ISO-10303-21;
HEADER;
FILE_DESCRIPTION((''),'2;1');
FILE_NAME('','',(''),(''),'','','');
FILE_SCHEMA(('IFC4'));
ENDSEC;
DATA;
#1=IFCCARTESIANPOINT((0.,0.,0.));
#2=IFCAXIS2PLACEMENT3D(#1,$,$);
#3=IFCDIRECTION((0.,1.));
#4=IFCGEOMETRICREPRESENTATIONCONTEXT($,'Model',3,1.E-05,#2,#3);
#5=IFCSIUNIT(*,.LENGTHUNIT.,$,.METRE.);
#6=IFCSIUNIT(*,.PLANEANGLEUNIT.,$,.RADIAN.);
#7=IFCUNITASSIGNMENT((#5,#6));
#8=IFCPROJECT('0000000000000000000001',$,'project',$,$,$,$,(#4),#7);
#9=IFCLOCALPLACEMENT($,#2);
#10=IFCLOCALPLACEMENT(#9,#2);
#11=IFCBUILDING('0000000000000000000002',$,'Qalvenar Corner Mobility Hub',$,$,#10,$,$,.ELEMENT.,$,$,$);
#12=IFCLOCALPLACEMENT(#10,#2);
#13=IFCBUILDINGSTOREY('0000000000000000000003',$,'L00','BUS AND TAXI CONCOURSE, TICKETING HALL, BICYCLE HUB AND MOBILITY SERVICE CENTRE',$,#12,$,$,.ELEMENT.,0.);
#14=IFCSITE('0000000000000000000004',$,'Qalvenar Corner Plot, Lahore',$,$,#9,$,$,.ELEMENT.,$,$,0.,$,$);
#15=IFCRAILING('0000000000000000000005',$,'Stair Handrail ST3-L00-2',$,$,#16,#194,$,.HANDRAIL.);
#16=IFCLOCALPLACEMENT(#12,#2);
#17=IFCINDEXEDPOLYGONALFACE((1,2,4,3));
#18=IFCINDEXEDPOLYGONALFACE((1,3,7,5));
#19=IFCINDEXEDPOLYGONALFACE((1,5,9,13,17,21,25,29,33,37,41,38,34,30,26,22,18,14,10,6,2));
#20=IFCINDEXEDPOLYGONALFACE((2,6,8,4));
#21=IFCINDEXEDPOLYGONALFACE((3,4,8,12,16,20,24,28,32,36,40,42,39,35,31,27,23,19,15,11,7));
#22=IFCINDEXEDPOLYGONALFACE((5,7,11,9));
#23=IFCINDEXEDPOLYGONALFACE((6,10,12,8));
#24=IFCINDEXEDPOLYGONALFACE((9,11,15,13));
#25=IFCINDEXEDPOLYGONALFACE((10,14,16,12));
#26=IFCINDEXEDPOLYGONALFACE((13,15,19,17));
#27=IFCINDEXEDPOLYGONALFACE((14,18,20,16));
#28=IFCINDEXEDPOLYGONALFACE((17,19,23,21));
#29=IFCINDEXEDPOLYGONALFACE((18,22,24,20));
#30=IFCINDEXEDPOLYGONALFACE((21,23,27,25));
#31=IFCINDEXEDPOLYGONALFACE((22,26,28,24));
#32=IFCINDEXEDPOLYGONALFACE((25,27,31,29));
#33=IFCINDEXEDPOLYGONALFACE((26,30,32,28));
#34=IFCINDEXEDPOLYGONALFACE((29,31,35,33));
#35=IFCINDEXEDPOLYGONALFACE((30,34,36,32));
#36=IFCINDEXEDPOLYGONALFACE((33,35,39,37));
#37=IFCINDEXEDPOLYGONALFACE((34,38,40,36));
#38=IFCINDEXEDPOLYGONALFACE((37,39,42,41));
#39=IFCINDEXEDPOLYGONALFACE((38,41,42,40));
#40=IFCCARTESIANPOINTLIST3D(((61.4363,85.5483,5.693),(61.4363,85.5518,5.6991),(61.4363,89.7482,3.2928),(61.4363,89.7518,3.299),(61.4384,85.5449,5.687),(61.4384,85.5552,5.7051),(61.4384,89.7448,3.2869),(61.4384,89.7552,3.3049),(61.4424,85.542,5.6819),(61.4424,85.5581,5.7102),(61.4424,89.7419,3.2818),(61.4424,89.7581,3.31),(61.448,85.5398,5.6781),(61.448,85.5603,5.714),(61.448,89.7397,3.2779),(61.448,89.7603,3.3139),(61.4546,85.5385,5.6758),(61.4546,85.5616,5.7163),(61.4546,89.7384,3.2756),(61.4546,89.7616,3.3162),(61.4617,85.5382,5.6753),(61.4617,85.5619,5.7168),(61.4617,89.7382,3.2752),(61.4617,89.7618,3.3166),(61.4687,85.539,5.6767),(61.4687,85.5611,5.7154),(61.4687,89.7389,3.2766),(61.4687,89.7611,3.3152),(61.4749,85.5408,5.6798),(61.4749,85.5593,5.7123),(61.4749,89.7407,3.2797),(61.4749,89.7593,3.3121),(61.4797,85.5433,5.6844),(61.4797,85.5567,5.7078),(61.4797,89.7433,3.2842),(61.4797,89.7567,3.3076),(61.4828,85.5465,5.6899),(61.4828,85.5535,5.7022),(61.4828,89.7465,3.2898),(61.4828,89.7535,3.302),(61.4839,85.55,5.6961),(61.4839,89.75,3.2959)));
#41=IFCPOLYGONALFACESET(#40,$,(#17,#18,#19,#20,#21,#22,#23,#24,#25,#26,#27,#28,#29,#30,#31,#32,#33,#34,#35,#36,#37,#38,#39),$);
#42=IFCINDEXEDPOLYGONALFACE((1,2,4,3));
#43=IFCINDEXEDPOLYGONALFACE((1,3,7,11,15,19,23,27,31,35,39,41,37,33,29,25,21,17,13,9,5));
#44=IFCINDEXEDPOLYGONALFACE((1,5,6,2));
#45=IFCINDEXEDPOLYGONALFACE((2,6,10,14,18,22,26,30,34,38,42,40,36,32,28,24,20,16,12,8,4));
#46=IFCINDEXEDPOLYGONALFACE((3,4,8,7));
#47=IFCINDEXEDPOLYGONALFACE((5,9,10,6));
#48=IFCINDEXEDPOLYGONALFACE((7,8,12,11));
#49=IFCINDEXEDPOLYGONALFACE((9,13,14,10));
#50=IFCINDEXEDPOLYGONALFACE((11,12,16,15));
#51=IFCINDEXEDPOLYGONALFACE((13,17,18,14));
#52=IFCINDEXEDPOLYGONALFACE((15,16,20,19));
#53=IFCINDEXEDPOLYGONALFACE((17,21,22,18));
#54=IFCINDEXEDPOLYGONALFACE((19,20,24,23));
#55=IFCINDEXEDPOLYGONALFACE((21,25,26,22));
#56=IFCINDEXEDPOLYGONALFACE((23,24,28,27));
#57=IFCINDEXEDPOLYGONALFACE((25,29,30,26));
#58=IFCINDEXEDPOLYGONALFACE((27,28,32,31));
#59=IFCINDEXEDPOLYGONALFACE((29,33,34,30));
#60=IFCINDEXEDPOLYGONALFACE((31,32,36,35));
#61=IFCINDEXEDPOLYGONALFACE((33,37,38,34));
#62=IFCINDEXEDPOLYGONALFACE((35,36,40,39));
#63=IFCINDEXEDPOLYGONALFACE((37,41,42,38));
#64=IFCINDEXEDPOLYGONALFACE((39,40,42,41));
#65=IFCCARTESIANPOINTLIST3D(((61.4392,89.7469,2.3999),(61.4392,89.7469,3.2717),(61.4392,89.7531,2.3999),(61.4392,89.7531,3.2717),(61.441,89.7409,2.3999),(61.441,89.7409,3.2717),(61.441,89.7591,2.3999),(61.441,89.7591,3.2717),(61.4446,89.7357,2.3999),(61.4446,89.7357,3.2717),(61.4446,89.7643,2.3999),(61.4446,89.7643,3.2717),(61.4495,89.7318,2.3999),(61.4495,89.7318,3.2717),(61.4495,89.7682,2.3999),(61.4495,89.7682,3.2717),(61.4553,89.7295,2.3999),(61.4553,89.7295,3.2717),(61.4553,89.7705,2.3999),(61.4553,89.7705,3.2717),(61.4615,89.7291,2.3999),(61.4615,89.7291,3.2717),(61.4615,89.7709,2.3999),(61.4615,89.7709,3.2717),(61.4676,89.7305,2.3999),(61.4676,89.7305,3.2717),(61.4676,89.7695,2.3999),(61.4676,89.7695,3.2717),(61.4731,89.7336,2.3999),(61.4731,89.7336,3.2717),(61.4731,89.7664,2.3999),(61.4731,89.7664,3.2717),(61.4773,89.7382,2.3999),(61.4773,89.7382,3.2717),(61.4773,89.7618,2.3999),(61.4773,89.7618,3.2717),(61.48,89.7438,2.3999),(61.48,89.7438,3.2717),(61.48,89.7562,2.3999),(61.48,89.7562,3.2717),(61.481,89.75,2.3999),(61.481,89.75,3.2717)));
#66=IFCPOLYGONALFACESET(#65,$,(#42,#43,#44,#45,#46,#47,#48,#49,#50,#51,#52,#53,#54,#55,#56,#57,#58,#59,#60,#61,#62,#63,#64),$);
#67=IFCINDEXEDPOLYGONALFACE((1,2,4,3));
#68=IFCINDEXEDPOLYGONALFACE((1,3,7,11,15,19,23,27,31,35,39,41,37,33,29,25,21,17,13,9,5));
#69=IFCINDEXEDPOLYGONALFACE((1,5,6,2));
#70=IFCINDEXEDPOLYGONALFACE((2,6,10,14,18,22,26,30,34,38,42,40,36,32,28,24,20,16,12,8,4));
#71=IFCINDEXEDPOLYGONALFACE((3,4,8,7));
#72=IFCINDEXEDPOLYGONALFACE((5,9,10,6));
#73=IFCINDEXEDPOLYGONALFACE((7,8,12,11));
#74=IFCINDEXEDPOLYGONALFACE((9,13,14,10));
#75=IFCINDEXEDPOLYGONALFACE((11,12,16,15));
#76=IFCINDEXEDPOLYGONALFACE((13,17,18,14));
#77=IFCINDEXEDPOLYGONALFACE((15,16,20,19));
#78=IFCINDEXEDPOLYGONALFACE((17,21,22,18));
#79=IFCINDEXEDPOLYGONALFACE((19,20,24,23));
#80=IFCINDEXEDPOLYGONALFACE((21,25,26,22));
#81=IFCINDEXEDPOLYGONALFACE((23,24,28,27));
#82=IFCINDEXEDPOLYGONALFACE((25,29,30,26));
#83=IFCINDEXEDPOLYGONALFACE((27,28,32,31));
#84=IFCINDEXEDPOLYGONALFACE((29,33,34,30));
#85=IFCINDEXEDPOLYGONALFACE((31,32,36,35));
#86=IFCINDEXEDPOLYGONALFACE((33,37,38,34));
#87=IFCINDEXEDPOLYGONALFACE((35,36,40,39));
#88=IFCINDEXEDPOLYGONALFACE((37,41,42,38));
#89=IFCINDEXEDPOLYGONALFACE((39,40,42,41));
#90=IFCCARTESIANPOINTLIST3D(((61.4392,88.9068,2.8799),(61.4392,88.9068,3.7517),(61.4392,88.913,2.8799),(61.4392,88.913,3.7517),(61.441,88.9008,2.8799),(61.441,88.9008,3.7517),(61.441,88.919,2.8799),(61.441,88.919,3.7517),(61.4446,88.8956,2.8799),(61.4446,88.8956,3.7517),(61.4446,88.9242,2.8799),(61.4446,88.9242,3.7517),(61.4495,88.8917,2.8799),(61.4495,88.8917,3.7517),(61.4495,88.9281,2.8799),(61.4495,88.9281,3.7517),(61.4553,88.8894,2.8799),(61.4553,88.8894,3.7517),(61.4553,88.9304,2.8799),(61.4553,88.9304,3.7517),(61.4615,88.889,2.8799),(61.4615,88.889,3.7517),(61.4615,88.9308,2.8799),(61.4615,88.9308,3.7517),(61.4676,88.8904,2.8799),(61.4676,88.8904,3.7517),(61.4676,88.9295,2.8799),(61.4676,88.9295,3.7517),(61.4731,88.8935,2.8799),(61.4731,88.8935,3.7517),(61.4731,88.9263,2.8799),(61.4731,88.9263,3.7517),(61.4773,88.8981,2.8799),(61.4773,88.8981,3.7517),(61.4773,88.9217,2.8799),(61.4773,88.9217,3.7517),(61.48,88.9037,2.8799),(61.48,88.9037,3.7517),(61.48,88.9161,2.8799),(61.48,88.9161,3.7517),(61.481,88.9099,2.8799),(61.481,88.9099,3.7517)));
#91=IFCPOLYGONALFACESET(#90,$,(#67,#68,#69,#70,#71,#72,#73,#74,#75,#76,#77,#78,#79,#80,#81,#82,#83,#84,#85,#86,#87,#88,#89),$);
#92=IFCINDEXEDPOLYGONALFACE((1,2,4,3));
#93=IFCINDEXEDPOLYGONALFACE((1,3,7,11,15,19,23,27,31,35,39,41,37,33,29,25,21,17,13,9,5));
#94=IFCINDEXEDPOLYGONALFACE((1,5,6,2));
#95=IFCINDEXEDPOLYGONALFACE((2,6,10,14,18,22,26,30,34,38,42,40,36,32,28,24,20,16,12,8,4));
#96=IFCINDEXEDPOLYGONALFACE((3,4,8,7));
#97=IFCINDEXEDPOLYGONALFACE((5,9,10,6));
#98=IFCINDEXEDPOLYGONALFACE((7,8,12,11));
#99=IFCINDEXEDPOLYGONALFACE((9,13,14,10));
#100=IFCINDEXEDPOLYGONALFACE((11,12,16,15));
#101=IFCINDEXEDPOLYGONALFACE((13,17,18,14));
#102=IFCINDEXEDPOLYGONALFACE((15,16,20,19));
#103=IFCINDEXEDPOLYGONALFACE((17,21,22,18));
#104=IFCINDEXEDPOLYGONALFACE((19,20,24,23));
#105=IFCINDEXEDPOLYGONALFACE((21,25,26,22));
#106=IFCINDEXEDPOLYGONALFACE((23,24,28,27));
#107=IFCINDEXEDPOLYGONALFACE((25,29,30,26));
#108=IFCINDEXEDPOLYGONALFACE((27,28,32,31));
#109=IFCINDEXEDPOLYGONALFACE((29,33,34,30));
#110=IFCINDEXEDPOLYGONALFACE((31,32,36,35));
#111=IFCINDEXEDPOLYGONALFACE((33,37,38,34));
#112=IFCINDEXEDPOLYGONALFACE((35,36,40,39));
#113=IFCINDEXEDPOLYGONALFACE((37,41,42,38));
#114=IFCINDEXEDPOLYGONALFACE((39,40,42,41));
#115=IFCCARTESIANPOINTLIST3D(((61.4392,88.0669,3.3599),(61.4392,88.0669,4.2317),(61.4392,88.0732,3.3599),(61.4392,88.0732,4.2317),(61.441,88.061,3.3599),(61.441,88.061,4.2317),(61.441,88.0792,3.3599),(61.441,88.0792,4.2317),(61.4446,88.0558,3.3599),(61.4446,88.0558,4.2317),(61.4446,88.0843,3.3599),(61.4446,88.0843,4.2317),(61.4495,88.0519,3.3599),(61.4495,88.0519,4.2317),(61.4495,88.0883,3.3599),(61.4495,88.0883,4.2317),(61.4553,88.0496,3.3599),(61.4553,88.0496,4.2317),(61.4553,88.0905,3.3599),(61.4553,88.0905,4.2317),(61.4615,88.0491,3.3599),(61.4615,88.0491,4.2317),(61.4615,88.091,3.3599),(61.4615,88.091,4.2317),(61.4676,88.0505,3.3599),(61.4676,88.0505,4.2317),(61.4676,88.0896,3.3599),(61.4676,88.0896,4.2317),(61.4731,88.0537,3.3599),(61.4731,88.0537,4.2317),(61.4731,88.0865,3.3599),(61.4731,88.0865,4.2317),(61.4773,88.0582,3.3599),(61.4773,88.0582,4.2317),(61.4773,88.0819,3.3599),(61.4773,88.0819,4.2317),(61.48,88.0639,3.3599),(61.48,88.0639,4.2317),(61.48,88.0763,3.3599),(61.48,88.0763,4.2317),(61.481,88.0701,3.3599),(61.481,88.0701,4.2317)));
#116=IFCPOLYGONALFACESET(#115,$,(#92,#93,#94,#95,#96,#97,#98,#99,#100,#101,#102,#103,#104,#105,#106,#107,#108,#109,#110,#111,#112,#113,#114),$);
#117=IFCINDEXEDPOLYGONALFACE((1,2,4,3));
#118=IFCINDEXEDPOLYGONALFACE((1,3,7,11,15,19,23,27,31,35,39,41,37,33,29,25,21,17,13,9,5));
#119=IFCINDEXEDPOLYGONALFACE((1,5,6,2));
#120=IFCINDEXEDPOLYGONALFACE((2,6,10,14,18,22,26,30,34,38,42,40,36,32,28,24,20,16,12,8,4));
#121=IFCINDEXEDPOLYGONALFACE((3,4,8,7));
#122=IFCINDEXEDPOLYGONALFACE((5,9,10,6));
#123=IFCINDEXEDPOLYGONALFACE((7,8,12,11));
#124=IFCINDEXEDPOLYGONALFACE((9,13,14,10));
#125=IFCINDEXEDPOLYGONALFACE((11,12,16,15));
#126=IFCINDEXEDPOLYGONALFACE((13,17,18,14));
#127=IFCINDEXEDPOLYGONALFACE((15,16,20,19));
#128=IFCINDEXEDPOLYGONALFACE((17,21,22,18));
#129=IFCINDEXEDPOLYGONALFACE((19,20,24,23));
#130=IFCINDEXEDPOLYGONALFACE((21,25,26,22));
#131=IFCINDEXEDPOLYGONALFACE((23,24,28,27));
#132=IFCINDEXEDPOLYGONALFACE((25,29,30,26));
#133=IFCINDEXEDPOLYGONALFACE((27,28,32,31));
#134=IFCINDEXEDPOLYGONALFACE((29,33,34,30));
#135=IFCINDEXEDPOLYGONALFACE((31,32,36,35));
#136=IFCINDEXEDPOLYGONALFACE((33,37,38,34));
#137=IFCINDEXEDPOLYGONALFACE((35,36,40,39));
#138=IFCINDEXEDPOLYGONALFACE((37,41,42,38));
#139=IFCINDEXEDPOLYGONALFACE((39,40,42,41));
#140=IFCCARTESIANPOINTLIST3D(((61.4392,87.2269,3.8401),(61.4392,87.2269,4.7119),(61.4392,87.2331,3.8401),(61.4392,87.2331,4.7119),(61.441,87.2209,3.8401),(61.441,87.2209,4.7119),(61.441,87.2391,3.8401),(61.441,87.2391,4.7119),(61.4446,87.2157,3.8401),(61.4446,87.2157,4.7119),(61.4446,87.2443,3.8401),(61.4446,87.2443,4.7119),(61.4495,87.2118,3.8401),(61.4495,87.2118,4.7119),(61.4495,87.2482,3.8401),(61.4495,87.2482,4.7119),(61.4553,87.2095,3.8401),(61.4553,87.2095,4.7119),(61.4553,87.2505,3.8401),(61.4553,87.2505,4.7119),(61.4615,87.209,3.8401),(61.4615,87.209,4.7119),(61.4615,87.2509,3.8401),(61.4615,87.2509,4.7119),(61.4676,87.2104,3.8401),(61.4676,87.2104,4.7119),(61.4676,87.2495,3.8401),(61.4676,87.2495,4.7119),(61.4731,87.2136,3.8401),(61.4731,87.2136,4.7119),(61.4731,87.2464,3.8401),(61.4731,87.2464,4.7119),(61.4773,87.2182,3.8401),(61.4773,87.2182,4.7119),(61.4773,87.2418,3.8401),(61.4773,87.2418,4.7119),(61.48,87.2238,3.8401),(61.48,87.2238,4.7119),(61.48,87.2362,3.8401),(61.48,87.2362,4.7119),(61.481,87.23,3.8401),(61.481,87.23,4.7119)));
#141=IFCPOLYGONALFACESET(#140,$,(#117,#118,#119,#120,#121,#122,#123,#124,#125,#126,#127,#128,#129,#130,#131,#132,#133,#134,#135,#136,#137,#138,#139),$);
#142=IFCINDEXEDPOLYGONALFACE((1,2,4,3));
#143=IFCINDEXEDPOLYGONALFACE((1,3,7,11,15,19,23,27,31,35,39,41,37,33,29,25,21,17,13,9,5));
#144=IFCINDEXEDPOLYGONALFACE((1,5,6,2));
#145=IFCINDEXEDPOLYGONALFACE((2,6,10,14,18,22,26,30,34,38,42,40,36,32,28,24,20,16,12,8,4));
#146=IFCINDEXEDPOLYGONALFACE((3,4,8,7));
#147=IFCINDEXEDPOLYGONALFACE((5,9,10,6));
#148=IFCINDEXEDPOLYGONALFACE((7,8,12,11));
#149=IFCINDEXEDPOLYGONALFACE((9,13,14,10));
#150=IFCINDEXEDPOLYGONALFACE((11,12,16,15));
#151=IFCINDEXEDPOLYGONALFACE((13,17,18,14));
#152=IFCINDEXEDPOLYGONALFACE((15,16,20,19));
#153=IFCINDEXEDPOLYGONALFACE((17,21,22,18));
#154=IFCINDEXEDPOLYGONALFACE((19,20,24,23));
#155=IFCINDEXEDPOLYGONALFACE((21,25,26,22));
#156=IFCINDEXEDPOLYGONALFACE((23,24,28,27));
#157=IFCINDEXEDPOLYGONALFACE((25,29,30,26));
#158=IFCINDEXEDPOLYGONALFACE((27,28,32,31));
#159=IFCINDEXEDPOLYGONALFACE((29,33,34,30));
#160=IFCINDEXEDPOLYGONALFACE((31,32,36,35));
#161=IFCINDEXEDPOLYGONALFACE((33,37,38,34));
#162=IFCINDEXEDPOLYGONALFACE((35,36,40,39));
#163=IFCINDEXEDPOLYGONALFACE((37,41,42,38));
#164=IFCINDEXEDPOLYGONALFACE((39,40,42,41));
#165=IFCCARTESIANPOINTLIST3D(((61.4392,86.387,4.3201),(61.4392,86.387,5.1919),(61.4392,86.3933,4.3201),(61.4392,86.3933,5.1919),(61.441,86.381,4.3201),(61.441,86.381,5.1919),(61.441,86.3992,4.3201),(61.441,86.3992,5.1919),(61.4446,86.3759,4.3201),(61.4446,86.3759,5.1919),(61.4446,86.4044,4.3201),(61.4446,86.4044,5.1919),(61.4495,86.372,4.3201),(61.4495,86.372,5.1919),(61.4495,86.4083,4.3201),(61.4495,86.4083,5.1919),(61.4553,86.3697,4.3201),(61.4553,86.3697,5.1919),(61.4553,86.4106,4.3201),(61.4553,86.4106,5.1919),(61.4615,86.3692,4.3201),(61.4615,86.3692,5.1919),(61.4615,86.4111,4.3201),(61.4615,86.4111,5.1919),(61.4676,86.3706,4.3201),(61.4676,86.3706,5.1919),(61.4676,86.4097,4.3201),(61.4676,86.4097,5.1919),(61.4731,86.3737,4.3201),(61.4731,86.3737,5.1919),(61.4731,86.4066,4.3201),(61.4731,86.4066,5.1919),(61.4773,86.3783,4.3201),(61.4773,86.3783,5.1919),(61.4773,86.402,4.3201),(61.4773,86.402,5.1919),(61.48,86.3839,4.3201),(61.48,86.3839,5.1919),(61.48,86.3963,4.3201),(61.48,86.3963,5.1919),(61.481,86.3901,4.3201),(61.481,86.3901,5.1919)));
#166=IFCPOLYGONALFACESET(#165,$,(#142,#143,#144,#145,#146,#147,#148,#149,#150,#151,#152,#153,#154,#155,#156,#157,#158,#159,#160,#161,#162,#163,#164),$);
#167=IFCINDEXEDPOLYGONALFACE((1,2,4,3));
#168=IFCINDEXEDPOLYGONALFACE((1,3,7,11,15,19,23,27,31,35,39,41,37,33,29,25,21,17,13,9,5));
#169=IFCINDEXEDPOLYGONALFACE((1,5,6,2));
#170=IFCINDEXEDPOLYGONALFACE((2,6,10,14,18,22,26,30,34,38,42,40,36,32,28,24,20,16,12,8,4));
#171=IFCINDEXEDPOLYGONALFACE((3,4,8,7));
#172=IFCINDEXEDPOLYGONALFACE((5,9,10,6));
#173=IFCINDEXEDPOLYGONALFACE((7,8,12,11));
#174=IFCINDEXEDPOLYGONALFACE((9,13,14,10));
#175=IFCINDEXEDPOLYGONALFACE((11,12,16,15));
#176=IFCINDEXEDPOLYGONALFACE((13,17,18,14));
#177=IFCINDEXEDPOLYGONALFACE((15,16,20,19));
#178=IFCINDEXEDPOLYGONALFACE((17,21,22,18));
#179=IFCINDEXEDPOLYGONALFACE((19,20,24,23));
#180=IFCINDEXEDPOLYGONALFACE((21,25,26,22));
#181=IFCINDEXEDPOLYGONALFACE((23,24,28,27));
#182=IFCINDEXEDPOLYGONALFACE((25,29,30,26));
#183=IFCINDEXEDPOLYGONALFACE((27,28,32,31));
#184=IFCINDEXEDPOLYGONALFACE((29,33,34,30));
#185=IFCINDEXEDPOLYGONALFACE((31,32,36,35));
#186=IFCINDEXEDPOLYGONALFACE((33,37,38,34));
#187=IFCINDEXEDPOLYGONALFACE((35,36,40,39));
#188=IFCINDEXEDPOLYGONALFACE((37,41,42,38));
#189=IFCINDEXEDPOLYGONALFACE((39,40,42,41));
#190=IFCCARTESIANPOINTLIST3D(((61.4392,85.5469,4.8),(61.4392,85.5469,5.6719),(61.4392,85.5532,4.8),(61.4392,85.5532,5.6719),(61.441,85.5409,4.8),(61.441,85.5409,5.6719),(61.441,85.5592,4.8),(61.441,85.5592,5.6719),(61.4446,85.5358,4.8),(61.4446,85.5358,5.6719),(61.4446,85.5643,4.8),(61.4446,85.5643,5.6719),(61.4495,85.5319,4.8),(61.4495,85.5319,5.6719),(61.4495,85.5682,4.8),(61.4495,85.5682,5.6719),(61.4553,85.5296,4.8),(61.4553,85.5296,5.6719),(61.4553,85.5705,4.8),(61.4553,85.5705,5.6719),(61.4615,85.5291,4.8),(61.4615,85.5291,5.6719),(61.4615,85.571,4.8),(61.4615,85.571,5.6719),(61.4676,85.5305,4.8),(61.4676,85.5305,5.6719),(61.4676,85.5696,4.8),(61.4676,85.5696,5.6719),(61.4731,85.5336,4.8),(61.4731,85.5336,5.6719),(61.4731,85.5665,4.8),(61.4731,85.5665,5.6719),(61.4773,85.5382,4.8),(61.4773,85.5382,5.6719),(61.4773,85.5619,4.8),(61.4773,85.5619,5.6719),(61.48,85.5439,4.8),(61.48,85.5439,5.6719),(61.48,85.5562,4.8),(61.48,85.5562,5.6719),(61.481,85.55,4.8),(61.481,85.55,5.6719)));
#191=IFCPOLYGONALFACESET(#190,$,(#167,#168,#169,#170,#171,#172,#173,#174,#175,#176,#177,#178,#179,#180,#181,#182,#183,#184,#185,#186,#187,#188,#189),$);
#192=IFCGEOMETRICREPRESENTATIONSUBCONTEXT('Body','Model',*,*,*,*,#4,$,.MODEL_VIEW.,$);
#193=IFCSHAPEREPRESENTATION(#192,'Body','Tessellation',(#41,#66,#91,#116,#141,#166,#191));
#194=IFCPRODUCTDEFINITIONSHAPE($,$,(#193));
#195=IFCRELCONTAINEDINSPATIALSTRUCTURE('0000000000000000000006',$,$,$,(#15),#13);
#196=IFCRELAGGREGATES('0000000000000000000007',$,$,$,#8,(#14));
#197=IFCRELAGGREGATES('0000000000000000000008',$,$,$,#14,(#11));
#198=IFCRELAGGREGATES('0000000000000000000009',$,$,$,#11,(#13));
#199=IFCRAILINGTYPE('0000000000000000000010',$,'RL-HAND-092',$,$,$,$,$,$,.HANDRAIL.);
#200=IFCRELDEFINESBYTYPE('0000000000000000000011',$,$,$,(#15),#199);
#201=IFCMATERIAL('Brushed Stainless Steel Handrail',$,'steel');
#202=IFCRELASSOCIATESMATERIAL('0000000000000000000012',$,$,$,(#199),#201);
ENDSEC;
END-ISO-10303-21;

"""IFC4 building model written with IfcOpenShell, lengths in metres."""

from ifc_helpers import new_model, si_unit, direction, frame, origin, origin_2d, place, context, subcontext, project, spatial, circle, extrude, material, type_object, element, save


model = new_model("IFC4")

# Units and contexts
model_context = context("Model", 3, precision=1e-05, world=origin(), true_north=direction((0.0, 1.0)))
body_context = subcontext(model_context, "Body", "Model", "MODEL_VIEW")
ifc_project = project(units=[si_unit("LENGTHUNIT", "METRE"), si_unit("PLANEANGLEUNIT", "RADIAN")], contexts=[model_context])

# Site, building, storey
site_placement = place(None, origin())
site = spatial("IfcSite", under=ifc_project, at=site_placement, Name="Qalvenar Corner Plot, Lahore", CompositionType="ELEMENT", RefElevation=0.0)
building_placement = place(site_placement, origin())
building = spatial("IfcBuilding", under=site, at=building_placement, Name="Qalvenar Corner Mobility Hub", CompositionType="ELEMENT")
storey_placement = place(building_placement, origin())
storey = spatial("IfcBuildingStorey", under=building, at=storey_placement, Name="L00", Description="BUS AND TAXI CONCOURSE, TICKETING HALL, BICYCLE HUB AND MOBILITY SERVICE CENTRE", CompositionType="ELEMENT", Elevation=0.0)

# Railing
ifc_material_1 = material(Name="Brushed Stainless Steel Handrail", Category="steel")
railing_type_1 = type_object("IfcRailingType", Name="RL-HAND-092", PredefinedType="HANDRAIL", material=ifc_material_1)
railing_1_placement = place(storey_placement, frame((61.46, 89.75, 2.3999)))
element("IfcRailing", 1, at=railing_1_placement, inside=storey, type_object=railing_type_1, Name="Stair Handrail ST3-L00-2", PredefinedType="HANDRAIL", context=body_context, shape_type="SweptSolid", body=[
    extrude(circle(Radius=0.0239, at=origin_2d()), frame((0.0, 0.0, 0.896), z_axis=(0.0, -0.868228, 0.496166), x_axis=(1.0, 0.0, 0.0)), (0.0, 0.0, 1.0), 4.8374),
    extrude(circle(Radius=0.021, at=origin_2d()), origin(), (0.0, 0.0, 1.0), 0.8718),
    extrude(circle(Radius=0.021, at=origin_2d()), frame((0.0, -0.8401, 0.48)), (0.0, 0.0, 1.0), 0.8718),
    extrude(circle(Radius=0.021, at=origin_2d()), frame((0.0, -1.6799, 0.96)), (0.0, 0.0, 1.0), 0.8718),
    extrude(circle(Radius=0.021, at=origin_2d()), frame((0.0, -2.52, 1.4402)), (0.0, 0.0, 1.0), 0.8718),
    extrude(circle(Radius=0.021, at=origin_2d()), frame((0.0, -3.3599, 1.9202)), (0.0, 0.0, 1.0), 0.8718),
    extrude(circle(Radius=0.021, at=origin_2d()), frame((0.0, -4.2, 2.4001)), (0.0, 0.0, 1.0), 0.8718),
])

save(model, "model.ifc")
